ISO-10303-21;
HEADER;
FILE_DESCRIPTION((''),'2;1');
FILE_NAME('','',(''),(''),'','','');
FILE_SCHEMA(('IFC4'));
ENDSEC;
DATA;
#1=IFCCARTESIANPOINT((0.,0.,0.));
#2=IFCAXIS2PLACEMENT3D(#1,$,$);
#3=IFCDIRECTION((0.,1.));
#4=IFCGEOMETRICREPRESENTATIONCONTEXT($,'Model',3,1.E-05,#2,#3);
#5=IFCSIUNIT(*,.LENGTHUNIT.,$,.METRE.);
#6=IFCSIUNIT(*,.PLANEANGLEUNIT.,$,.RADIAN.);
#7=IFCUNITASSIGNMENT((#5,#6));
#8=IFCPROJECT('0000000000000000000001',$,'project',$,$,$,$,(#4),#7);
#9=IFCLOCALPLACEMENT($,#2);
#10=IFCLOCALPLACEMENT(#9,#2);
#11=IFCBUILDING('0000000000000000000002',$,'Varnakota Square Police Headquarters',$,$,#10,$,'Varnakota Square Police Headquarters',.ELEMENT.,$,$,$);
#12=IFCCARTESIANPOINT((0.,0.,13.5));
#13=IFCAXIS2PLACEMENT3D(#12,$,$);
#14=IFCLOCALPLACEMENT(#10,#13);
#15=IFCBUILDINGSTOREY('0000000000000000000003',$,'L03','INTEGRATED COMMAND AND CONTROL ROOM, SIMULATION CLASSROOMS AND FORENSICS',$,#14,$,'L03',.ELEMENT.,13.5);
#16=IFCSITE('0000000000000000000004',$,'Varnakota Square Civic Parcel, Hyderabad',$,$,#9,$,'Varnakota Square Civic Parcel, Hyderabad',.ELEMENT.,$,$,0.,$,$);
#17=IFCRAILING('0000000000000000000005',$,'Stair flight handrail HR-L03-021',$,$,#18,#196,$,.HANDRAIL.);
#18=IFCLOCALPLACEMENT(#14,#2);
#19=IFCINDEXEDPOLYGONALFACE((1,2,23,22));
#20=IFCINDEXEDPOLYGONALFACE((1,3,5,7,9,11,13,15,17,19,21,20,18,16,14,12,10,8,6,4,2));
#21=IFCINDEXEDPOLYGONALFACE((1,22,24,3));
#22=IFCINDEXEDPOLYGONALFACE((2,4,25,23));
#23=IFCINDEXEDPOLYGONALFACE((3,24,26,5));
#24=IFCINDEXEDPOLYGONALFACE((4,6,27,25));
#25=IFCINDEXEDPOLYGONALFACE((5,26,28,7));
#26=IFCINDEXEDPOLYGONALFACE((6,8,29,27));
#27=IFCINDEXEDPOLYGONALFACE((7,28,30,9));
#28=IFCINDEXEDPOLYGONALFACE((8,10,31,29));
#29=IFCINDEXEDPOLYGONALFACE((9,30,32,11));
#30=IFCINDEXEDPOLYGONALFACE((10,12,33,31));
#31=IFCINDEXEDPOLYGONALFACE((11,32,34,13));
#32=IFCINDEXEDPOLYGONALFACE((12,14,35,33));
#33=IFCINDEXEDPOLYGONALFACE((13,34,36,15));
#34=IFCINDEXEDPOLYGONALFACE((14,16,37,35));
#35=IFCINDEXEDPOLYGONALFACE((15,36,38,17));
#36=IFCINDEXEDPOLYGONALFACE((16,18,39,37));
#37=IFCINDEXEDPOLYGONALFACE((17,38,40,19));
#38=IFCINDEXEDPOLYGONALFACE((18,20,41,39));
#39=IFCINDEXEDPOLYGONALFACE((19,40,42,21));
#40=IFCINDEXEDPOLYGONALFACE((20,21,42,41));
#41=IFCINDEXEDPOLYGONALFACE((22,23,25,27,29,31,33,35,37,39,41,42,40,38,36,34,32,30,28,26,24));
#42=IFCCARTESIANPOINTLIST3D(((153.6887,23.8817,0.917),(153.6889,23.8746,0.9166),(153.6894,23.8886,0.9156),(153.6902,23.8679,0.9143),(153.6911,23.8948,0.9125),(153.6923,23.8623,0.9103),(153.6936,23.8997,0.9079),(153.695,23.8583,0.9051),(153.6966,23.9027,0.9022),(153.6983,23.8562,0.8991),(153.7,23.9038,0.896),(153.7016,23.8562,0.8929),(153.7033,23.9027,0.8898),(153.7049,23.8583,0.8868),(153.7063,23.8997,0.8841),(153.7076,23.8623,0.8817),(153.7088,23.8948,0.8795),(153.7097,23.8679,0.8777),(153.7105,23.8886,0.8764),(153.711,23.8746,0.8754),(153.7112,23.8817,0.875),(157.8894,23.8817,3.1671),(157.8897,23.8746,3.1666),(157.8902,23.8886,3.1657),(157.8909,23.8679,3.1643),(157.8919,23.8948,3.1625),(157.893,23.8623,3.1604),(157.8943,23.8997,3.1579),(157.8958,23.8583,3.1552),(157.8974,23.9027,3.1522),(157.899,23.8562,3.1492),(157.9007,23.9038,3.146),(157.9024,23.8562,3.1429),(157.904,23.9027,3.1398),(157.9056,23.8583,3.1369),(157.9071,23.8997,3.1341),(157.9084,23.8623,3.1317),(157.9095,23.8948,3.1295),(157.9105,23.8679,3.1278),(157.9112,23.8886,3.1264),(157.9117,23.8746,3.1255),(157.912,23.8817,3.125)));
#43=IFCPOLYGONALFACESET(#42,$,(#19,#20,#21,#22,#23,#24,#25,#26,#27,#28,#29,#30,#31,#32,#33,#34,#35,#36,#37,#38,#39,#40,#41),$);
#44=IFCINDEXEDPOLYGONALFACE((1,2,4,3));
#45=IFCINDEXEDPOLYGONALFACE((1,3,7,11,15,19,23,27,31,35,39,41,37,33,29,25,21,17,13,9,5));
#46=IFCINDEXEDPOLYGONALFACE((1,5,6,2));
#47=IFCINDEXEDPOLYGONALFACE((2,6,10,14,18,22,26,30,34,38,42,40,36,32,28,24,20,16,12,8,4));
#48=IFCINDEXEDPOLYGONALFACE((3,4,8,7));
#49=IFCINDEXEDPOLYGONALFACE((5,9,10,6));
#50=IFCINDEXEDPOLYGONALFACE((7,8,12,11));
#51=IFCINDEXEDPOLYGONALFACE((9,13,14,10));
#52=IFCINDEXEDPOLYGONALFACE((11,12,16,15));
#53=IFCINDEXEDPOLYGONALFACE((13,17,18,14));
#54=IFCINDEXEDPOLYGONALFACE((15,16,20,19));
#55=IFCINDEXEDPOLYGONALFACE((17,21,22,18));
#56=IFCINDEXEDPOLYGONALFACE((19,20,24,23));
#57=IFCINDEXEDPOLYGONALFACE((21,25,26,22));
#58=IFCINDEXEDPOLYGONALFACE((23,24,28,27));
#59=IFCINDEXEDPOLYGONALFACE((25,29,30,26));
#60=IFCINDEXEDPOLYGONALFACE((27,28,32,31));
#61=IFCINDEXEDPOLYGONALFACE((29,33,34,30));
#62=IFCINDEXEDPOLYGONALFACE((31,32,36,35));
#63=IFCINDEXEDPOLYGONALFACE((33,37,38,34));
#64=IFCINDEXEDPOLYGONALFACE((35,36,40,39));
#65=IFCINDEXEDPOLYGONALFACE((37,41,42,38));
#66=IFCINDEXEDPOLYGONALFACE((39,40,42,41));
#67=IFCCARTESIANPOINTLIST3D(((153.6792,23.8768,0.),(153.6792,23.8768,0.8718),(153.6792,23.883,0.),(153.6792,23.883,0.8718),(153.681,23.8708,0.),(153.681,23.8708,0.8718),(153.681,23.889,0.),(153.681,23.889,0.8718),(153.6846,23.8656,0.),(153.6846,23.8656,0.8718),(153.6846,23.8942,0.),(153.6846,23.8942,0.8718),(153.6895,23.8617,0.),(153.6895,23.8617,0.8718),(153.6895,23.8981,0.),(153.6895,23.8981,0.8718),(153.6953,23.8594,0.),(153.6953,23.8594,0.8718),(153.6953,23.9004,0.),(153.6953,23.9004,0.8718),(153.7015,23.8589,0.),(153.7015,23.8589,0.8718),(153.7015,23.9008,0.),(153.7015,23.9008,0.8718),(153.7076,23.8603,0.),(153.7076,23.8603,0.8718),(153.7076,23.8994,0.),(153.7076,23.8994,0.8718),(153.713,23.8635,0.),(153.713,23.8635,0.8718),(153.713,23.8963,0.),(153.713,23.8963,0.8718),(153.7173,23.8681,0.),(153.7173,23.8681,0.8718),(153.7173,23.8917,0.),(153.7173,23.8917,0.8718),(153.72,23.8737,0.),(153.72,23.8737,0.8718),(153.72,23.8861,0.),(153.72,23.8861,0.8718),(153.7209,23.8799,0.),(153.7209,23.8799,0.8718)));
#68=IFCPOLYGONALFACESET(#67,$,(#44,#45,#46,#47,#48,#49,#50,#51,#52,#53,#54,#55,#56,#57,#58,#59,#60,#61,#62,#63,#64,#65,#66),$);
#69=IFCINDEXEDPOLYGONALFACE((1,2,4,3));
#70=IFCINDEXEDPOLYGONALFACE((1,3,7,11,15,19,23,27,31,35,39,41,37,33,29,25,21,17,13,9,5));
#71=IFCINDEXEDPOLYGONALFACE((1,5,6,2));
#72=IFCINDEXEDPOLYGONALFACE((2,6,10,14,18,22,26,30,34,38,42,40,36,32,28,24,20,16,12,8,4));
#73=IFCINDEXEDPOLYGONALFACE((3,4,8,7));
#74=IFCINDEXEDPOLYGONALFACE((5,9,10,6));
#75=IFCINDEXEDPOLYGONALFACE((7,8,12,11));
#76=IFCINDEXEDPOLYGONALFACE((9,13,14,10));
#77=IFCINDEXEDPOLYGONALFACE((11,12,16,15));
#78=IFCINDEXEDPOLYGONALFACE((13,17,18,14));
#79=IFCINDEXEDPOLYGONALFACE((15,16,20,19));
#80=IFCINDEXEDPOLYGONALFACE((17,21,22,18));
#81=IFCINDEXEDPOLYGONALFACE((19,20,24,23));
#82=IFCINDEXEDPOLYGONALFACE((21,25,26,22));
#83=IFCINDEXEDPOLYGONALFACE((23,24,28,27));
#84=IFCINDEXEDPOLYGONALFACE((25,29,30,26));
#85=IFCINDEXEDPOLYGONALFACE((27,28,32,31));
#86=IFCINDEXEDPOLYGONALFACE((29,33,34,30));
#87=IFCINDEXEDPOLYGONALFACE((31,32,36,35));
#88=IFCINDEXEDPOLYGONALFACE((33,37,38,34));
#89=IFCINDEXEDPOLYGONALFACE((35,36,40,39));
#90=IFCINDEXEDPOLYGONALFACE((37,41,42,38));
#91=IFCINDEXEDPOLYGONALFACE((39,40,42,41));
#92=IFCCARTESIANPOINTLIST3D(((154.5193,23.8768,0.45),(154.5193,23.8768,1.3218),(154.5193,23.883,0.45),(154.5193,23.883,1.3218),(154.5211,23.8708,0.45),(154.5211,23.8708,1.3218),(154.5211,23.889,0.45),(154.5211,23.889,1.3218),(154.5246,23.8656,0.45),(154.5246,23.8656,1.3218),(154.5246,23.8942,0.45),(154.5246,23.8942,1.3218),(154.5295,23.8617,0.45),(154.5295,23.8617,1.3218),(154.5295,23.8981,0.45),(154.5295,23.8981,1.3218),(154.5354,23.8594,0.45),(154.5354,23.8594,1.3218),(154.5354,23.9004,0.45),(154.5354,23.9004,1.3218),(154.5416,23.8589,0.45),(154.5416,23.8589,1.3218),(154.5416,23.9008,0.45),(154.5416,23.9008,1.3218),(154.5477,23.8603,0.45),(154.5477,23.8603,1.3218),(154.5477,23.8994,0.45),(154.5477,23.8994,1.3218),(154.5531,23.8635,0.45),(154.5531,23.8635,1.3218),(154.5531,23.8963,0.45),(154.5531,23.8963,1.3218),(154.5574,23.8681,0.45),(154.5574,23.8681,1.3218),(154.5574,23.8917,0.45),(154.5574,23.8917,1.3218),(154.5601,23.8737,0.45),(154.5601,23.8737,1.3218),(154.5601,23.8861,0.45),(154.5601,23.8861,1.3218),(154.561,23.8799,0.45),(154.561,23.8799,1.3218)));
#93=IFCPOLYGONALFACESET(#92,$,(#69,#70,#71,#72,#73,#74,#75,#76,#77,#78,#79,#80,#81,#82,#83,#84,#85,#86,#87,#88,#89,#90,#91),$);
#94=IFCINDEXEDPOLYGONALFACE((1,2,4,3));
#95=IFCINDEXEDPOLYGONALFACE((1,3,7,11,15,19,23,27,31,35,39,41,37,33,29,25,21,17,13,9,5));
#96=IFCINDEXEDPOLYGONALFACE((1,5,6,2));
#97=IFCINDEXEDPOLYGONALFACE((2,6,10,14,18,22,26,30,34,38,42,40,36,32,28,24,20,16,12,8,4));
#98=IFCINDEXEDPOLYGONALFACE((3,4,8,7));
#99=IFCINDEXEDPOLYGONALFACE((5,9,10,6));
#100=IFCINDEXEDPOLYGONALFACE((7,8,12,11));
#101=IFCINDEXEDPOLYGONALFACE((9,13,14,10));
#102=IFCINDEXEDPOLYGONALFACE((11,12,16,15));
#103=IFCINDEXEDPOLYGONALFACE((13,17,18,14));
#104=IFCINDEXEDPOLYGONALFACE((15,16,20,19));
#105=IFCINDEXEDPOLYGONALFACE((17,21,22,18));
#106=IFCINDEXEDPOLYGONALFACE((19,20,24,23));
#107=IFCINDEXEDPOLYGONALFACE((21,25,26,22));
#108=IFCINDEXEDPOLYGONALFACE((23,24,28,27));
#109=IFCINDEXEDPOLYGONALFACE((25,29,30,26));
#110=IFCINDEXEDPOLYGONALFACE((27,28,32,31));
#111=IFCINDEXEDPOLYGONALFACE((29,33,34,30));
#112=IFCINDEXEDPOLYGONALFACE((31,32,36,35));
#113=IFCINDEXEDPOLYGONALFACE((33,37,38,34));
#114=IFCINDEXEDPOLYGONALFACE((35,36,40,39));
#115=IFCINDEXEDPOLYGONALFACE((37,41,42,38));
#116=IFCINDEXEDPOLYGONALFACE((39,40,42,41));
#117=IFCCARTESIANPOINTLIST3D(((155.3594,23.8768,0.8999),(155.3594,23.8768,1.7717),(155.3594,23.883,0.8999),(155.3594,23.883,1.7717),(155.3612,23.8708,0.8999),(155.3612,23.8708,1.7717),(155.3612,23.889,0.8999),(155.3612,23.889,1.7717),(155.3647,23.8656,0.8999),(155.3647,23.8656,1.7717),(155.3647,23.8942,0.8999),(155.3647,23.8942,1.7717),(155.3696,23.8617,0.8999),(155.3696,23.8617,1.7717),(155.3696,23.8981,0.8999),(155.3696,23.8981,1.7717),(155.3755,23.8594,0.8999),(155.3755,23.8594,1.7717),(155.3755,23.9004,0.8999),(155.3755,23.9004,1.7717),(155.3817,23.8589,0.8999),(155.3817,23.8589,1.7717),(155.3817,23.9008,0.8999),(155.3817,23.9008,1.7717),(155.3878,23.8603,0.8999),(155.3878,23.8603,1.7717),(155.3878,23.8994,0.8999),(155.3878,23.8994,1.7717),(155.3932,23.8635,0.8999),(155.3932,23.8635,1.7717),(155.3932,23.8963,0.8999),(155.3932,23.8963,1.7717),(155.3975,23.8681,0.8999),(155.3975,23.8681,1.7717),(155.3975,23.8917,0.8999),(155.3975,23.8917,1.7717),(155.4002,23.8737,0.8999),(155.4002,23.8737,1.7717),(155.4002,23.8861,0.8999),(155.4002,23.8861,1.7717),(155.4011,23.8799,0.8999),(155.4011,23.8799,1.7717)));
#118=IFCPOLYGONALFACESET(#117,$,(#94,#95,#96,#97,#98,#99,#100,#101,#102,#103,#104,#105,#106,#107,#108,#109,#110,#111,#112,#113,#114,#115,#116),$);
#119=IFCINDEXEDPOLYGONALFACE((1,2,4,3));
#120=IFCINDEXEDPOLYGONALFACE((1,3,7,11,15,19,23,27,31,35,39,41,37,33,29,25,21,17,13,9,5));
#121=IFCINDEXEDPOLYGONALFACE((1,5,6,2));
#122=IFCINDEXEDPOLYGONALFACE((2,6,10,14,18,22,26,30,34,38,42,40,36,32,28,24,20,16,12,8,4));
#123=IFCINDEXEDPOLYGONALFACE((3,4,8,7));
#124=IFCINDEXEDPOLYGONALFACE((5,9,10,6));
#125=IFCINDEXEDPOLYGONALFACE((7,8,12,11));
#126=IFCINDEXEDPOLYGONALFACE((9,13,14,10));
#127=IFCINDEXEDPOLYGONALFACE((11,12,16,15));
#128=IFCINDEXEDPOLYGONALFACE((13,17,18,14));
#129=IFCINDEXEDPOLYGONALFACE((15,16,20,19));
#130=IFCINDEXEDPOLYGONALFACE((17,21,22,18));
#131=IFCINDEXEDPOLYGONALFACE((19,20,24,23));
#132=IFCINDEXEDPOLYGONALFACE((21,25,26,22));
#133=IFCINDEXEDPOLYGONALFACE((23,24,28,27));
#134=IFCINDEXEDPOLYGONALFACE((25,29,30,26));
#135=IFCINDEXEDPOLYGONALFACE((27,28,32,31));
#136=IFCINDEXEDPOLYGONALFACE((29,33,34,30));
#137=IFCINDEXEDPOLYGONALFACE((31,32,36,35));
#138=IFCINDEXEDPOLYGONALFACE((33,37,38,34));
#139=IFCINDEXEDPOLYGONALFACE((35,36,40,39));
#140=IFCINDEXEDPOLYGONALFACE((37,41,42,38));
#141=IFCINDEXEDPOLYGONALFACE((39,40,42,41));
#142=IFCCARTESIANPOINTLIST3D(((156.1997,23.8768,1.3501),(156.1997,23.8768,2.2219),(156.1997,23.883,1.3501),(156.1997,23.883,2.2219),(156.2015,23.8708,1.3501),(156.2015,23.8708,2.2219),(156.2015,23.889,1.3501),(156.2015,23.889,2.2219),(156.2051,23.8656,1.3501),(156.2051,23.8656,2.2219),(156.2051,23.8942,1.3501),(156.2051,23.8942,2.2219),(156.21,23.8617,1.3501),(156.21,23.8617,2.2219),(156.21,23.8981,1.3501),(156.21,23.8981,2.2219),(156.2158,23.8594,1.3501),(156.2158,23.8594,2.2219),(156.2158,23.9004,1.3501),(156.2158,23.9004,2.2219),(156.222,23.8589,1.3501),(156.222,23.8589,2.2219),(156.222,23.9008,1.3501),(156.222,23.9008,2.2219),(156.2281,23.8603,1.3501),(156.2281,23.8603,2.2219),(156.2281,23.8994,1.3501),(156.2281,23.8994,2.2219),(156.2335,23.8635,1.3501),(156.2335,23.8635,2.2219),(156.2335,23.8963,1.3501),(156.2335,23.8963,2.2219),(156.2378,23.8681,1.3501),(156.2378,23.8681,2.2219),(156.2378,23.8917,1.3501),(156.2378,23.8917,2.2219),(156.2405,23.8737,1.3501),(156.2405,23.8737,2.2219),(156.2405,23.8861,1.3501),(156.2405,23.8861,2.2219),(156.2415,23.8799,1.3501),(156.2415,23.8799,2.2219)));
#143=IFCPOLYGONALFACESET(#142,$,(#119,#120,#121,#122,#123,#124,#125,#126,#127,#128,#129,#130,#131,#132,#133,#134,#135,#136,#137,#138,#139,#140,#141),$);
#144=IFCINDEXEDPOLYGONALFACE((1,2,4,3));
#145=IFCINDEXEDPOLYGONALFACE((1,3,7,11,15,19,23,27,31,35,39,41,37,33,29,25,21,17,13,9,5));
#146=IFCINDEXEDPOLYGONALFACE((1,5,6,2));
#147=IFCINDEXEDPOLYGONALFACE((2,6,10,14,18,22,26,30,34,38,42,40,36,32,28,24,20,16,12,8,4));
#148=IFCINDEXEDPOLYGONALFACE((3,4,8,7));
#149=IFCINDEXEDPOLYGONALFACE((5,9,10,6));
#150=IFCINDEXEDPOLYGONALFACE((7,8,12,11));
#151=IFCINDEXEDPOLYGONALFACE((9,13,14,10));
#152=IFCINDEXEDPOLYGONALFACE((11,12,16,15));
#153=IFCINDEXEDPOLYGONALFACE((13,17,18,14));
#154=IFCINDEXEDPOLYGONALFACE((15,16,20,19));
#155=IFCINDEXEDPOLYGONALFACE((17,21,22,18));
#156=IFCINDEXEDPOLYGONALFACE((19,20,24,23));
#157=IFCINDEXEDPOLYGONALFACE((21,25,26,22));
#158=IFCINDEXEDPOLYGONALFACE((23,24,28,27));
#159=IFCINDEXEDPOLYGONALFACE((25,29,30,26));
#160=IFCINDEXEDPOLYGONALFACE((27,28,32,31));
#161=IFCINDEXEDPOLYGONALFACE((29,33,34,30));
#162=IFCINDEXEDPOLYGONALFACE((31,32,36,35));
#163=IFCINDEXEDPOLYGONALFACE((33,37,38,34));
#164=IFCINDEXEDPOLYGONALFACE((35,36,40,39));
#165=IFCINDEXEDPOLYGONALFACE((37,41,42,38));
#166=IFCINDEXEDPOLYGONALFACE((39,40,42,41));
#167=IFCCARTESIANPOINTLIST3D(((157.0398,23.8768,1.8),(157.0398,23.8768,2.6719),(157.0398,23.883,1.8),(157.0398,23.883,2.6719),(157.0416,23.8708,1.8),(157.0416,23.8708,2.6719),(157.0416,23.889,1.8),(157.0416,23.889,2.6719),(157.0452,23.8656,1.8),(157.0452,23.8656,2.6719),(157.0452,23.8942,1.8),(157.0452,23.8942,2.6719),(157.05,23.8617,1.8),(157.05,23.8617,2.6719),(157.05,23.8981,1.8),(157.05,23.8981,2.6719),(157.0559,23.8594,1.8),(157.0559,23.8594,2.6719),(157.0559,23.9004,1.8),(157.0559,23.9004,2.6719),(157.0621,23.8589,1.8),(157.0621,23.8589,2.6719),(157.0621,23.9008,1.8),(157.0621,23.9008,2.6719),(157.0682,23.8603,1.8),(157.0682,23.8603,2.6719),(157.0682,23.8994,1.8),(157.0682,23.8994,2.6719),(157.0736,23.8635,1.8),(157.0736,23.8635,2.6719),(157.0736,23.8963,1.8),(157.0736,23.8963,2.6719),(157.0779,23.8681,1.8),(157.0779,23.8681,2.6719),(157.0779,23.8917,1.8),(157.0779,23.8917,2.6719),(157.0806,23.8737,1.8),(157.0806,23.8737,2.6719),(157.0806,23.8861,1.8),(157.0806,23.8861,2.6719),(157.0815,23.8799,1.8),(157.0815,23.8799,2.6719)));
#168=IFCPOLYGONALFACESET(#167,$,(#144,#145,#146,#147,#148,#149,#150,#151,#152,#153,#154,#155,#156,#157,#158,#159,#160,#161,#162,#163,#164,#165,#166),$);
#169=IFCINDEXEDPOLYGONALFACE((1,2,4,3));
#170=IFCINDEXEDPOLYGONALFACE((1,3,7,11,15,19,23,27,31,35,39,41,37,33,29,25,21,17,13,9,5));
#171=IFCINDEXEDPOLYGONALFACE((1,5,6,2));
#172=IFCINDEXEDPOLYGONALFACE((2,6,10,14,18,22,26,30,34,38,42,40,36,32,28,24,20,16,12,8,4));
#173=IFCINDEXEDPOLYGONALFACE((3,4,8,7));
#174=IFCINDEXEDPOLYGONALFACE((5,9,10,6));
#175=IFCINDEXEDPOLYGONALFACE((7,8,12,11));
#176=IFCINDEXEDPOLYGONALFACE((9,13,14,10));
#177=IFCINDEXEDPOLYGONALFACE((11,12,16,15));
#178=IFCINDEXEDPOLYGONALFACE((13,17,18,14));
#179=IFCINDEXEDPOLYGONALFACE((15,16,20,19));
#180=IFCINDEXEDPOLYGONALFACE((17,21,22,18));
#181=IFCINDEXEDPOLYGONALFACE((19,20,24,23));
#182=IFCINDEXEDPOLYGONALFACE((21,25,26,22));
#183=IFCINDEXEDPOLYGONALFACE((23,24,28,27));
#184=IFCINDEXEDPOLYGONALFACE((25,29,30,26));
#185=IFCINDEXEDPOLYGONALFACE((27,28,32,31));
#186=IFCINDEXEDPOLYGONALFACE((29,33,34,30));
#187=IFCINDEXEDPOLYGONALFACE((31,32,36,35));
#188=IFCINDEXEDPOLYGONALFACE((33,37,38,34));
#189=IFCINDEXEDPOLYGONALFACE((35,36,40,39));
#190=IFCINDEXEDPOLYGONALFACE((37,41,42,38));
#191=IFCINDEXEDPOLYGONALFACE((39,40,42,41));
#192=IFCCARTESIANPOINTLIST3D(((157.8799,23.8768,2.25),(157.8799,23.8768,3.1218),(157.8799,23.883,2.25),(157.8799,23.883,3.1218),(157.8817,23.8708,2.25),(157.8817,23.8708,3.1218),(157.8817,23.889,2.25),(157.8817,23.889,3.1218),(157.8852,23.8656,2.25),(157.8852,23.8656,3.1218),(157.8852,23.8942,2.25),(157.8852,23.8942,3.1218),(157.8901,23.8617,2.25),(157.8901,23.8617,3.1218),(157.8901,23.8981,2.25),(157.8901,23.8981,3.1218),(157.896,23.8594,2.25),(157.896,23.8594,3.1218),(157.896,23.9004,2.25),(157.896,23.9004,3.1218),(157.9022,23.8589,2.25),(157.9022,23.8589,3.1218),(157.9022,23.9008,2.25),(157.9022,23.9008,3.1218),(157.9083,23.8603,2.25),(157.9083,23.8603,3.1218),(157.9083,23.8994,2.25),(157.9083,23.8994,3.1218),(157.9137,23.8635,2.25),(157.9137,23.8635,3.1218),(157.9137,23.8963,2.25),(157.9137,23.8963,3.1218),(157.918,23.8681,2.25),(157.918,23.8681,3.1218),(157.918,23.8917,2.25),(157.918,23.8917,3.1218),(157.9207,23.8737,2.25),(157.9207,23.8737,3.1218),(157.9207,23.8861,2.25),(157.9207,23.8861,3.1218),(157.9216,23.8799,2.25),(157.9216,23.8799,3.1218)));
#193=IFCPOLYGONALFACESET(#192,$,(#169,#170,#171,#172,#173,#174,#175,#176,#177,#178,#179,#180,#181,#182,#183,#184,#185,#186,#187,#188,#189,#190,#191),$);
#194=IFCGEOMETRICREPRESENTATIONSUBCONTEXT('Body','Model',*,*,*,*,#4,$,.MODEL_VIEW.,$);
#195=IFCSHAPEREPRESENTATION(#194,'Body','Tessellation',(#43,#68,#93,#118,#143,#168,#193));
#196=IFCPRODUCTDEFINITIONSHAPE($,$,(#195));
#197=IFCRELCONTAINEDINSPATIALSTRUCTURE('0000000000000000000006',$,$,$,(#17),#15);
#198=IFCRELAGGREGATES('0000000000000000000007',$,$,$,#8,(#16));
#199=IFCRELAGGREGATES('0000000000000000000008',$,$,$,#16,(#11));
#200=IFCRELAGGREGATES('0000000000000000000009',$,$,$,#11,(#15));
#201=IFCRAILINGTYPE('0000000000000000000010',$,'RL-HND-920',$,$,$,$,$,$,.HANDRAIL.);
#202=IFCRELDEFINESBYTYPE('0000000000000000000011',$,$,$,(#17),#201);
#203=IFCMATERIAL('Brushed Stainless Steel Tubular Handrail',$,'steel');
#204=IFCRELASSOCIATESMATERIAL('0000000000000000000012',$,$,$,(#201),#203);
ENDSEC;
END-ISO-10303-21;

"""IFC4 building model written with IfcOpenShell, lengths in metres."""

from ifc_helpers import new_model, si_unit, direction, frame, origin, origin_2d, place, context, subcontext, project, spatial, circle, extrude, material, type_object, element, save


model = new_model("IFC4")

# Units and contexts
model_context = context("Model", 3, precision=1e-05, world=origin(), true_north=direction((0.0, 1.0)))
body_context = subcontext(model_context, "Body", "Model", "MODEL_VIEW")
ifc_project = project(units=[si_unit("LENGTHUNIT", "METRE"), si_unit("PLANEANGLEUNIT", "RADIAN")], contexts=[model_context])

# Site, building, storey
site_placement = place(None, origin())
site = spatial("IfcSite", under=ifc_project, at=site_placement, Name="Varnakota Square Civic Parcel, Hyderabad", LongName="Varnakota Square Civic Parcel, Hyderabad", CompositionType="ELEMENT", RefElevation=0.0)
building_placement = place(site_placement, origin())
building = spatial("IfcBuilding", under=site, at=building_placement, Name="Varnakota Square Police Headquarters", LongName="Varnakota Square Police Headquarters", CompositionType="ELEMENT")
storey_placement = place(building_placement, frame((0.0, 0.0, 13.5)))
storey = spatial("IfcBuildingStorey", under=building, at=storey_placement, Name="L03", Description="INTEGRATED COMMAND AND CONTROL ROOM, SIMULATION CLASSROOMS AND FORENSICS", LongName="L03", CompositionType="ELEMENT", Elevation=13.5)

# Railing
ifc_material_1 = material(Name="Brushed Stainless Steel Tubular Handrail", Category="steel")
railing_type_1 = type_object("IfcRailingType", Name="RL-HND-920", PredefinedType="HANDRAIL", material=ifc_material_1)
railing_1_placement = place(storey_placement, frame((153.7, 23.8799, 0.0)))
element("IfcRailing", 1, at=railing_1_placement, inside=storey, type_object=railing_type_1, Name="Stair flight handrail HR-L03-021", PredefinedType="HANDRAIL", context=body_context, shape_type="SweptSolid", body=[
    extrude(circle(Radius=0.0239, at=origin_2d()), frame((0.0, 0.0, 0.896), z_axis=(0.881512, 0.0, 0.472162), x_axis=(0.0, 1.0, 0.0)), (0.0, 0.0, 1.0), 4.7654),
    extrude(circle(Radius=0.021, at=origin_2d()), origin(), (0.0, 0.0, 1.0), 0.8718),
    extrude(circle(Radius=0.021, at=origin_2d()), frame((0.8401, 0.0, 0.45)), (0.0, 0.0, 1.0), 0.8718),
    extrude(circle(Radius=0.021, at=origin_2d()), frame((1.6802, 0.0, 0.8999)), (0.0, 0.0, 1.0), 0.8718),
    extrude(circle(Radius=0.021, at=origin_2d()), frame((2.5205, 0.0, 1.3501)), (0.0, 0.0, 1.0), 0.8718),
    extrude(circle(Radius=0.021, at=origin_2d()), frame((3.3606, 0.0, 1.8)), (0.0, 0.0, 1.0), 0.8718),
    extrude(circle(Radius=0.021, at=origin_2d()), frame((4.2007, 0.0, 2.25)), (0.0, 0.0, 1.0), 0.8718),
])

save(model, "model.ifc")
